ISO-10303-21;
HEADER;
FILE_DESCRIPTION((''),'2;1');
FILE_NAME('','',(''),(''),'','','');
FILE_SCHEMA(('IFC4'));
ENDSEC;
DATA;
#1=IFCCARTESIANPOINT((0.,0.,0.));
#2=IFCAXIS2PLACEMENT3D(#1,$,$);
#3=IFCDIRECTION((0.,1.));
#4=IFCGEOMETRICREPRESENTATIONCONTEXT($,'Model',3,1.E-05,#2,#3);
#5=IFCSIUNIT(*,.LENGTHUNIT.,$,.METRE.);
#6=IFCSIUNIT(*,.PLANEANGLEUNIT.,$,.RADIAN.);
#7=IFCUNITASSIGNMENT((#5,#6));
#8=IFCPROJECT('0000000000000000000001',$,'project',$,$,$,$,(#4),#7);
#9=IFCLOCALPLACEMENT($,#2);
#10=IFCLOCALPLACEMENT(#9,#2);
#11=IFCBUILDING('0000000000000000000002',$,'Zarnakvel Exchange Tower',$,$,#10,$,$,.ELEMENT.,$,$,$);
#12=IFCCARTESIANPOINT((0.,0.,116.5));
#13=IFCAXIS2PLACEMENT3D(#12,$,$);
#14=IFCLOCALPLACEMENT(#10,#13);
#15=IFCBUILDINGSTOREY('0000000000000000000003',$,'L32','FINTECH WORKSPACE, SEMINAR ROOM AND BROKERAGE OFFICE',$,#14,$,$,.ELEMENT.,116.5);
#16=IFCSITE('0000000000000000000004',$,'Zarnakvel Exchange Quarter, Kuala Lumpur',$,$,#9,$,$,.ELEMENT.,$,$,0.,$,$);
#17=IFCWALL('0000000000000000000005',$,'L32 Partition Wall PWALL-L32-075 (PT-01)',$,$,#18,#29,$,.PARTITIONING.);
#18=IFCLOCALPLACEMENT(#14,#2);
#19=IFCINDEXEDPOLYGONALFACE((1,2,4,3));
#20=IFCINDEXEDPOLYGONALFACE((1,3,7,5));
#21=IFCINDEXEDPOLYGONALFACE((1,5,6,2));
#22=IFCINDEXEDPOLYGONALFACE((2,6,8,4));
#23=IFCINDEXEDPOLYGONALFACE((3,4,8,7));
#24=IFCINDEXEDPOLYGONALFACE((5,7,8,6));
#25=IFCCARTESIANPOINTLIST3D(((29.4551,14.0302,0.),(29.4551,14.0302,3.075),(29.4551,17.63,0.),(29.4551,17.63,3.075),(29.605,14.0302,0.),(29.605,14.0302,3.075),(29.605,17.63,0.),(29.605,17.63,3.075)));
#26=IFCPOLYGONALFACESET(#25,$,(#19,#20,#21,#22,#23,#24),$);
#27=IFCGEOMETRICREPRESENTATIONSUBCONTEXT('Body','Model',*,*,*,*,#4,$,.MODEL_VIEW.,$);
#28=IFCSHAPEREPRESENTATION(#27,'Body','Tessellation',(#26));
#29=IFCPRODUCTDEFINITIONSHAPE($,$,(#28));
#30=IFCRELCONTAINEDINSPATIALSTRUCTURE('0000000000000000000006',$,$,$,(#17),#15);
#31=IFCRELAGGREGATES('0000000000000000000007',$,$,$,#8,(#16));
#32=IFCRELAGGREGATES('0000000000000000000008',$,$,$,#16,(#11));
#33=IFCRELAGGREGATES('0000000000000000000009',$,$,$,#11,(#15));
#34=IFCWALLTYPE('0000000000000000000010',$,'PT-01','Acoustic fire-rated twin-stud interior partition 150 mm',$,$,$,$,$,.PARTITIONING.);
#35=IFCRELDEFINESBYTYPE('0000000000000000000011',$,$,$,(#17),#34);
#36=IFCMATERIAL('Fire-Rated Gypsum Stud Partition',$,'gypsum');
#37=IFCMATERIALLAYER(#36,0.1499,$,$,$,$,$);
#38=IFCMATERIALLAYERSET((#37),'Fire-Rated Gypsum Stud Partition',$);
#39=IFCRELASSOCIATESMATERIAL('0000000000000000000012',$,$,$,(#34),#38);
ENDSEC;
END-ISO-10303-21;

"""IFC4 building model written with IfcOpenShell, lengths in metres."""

from ifc_helpers import new_model, si_unit, direction, frame, frame_2d, origin, place, context, subcontext, project, spatial, rectangle, extrude, material, layer, layer_set, type_object, element, save


model = new_model("IFC4")

# Units and contexts
model_context = context("Model", 3, precision=1e-05, world=origin(), true_north=direction((0.0, 1.0)))
body_context = subcontext(model_context, "Body", "Model", "MODEL_VIEW")
ifc_project = project(units=[si_unit("LENGTHUNIT", "METRE"), si_unit("PLANEANGLEUNIT", "RADIAN")], contexts=[model_context])

# Site, building, storey
site_placement = place(None, origin())
site = spatial("IfcSite", under=ifc_project, at=site_placement, Name="Zarnakvel Exchange Quarter, Kuala Lumpur", CompositionType="ELEMENT", RefElevation=0.0)
building_placement = place(site_placement, origin())
building = spatial("IfcBuilding", under=site, at=building_placement, Name="Zarnakvel Exchange Tower", CompositionType="ELEMENT")
storey_placement = place(building_placement, frame((0.0, 0.0, 116.5)))
storey = spatial("IfcBuildingStorey", under=building, at=storey_placement, Name="L32", Description="FINTECH WORKSPACE, SEMINAR ROOM AND BROKERAGE OFFICE", CompositionType="ELEMENT", Elevation=116.5)

# Shared definitions
ifc_material_1 = material(Name="Fire-Rated Gypsum Stud Partition", Category="gypsum")
ifc_layer_1 = layer(ifc_material_1, 0.1499)
ifc_layer_set_1 = layer_set([ifc_layer_1], Name="Fire-Rated Gypsum Stud Partition")
wall_type_1 = type_object("IfcWallType", Name="PT-01", Description="Acoustic fire-rated twin-stud interior partition 150 mm", PredefinedType="PARTITIONING", material=ifc_layer_set_1)

# Wall
wall_1_placement = place(storey_placement, frame((29.53, 17.6299, 0.0), z_axis=(0.0, 0.0, 1.0), x_axis=(0.0, -1.0, 0.0)))
element("IfcWall", 1, at=wall_1_placement, inside=storey, type_object=wall_type_1, Name="L32 Partition Wall PWALL-L32-075 (PT-01)", PredefinedType="PARTITIONING", context=body_context, shape_type="SweptSolid", body=[
    extrude(rectangle(XDim=3.5999, YDim=0.1499, at=frame_2d((1.7998, 0.0))), origin(), (0.0, 0.0, 1.0), 3.075),
])

save(model, "model.ifc")
